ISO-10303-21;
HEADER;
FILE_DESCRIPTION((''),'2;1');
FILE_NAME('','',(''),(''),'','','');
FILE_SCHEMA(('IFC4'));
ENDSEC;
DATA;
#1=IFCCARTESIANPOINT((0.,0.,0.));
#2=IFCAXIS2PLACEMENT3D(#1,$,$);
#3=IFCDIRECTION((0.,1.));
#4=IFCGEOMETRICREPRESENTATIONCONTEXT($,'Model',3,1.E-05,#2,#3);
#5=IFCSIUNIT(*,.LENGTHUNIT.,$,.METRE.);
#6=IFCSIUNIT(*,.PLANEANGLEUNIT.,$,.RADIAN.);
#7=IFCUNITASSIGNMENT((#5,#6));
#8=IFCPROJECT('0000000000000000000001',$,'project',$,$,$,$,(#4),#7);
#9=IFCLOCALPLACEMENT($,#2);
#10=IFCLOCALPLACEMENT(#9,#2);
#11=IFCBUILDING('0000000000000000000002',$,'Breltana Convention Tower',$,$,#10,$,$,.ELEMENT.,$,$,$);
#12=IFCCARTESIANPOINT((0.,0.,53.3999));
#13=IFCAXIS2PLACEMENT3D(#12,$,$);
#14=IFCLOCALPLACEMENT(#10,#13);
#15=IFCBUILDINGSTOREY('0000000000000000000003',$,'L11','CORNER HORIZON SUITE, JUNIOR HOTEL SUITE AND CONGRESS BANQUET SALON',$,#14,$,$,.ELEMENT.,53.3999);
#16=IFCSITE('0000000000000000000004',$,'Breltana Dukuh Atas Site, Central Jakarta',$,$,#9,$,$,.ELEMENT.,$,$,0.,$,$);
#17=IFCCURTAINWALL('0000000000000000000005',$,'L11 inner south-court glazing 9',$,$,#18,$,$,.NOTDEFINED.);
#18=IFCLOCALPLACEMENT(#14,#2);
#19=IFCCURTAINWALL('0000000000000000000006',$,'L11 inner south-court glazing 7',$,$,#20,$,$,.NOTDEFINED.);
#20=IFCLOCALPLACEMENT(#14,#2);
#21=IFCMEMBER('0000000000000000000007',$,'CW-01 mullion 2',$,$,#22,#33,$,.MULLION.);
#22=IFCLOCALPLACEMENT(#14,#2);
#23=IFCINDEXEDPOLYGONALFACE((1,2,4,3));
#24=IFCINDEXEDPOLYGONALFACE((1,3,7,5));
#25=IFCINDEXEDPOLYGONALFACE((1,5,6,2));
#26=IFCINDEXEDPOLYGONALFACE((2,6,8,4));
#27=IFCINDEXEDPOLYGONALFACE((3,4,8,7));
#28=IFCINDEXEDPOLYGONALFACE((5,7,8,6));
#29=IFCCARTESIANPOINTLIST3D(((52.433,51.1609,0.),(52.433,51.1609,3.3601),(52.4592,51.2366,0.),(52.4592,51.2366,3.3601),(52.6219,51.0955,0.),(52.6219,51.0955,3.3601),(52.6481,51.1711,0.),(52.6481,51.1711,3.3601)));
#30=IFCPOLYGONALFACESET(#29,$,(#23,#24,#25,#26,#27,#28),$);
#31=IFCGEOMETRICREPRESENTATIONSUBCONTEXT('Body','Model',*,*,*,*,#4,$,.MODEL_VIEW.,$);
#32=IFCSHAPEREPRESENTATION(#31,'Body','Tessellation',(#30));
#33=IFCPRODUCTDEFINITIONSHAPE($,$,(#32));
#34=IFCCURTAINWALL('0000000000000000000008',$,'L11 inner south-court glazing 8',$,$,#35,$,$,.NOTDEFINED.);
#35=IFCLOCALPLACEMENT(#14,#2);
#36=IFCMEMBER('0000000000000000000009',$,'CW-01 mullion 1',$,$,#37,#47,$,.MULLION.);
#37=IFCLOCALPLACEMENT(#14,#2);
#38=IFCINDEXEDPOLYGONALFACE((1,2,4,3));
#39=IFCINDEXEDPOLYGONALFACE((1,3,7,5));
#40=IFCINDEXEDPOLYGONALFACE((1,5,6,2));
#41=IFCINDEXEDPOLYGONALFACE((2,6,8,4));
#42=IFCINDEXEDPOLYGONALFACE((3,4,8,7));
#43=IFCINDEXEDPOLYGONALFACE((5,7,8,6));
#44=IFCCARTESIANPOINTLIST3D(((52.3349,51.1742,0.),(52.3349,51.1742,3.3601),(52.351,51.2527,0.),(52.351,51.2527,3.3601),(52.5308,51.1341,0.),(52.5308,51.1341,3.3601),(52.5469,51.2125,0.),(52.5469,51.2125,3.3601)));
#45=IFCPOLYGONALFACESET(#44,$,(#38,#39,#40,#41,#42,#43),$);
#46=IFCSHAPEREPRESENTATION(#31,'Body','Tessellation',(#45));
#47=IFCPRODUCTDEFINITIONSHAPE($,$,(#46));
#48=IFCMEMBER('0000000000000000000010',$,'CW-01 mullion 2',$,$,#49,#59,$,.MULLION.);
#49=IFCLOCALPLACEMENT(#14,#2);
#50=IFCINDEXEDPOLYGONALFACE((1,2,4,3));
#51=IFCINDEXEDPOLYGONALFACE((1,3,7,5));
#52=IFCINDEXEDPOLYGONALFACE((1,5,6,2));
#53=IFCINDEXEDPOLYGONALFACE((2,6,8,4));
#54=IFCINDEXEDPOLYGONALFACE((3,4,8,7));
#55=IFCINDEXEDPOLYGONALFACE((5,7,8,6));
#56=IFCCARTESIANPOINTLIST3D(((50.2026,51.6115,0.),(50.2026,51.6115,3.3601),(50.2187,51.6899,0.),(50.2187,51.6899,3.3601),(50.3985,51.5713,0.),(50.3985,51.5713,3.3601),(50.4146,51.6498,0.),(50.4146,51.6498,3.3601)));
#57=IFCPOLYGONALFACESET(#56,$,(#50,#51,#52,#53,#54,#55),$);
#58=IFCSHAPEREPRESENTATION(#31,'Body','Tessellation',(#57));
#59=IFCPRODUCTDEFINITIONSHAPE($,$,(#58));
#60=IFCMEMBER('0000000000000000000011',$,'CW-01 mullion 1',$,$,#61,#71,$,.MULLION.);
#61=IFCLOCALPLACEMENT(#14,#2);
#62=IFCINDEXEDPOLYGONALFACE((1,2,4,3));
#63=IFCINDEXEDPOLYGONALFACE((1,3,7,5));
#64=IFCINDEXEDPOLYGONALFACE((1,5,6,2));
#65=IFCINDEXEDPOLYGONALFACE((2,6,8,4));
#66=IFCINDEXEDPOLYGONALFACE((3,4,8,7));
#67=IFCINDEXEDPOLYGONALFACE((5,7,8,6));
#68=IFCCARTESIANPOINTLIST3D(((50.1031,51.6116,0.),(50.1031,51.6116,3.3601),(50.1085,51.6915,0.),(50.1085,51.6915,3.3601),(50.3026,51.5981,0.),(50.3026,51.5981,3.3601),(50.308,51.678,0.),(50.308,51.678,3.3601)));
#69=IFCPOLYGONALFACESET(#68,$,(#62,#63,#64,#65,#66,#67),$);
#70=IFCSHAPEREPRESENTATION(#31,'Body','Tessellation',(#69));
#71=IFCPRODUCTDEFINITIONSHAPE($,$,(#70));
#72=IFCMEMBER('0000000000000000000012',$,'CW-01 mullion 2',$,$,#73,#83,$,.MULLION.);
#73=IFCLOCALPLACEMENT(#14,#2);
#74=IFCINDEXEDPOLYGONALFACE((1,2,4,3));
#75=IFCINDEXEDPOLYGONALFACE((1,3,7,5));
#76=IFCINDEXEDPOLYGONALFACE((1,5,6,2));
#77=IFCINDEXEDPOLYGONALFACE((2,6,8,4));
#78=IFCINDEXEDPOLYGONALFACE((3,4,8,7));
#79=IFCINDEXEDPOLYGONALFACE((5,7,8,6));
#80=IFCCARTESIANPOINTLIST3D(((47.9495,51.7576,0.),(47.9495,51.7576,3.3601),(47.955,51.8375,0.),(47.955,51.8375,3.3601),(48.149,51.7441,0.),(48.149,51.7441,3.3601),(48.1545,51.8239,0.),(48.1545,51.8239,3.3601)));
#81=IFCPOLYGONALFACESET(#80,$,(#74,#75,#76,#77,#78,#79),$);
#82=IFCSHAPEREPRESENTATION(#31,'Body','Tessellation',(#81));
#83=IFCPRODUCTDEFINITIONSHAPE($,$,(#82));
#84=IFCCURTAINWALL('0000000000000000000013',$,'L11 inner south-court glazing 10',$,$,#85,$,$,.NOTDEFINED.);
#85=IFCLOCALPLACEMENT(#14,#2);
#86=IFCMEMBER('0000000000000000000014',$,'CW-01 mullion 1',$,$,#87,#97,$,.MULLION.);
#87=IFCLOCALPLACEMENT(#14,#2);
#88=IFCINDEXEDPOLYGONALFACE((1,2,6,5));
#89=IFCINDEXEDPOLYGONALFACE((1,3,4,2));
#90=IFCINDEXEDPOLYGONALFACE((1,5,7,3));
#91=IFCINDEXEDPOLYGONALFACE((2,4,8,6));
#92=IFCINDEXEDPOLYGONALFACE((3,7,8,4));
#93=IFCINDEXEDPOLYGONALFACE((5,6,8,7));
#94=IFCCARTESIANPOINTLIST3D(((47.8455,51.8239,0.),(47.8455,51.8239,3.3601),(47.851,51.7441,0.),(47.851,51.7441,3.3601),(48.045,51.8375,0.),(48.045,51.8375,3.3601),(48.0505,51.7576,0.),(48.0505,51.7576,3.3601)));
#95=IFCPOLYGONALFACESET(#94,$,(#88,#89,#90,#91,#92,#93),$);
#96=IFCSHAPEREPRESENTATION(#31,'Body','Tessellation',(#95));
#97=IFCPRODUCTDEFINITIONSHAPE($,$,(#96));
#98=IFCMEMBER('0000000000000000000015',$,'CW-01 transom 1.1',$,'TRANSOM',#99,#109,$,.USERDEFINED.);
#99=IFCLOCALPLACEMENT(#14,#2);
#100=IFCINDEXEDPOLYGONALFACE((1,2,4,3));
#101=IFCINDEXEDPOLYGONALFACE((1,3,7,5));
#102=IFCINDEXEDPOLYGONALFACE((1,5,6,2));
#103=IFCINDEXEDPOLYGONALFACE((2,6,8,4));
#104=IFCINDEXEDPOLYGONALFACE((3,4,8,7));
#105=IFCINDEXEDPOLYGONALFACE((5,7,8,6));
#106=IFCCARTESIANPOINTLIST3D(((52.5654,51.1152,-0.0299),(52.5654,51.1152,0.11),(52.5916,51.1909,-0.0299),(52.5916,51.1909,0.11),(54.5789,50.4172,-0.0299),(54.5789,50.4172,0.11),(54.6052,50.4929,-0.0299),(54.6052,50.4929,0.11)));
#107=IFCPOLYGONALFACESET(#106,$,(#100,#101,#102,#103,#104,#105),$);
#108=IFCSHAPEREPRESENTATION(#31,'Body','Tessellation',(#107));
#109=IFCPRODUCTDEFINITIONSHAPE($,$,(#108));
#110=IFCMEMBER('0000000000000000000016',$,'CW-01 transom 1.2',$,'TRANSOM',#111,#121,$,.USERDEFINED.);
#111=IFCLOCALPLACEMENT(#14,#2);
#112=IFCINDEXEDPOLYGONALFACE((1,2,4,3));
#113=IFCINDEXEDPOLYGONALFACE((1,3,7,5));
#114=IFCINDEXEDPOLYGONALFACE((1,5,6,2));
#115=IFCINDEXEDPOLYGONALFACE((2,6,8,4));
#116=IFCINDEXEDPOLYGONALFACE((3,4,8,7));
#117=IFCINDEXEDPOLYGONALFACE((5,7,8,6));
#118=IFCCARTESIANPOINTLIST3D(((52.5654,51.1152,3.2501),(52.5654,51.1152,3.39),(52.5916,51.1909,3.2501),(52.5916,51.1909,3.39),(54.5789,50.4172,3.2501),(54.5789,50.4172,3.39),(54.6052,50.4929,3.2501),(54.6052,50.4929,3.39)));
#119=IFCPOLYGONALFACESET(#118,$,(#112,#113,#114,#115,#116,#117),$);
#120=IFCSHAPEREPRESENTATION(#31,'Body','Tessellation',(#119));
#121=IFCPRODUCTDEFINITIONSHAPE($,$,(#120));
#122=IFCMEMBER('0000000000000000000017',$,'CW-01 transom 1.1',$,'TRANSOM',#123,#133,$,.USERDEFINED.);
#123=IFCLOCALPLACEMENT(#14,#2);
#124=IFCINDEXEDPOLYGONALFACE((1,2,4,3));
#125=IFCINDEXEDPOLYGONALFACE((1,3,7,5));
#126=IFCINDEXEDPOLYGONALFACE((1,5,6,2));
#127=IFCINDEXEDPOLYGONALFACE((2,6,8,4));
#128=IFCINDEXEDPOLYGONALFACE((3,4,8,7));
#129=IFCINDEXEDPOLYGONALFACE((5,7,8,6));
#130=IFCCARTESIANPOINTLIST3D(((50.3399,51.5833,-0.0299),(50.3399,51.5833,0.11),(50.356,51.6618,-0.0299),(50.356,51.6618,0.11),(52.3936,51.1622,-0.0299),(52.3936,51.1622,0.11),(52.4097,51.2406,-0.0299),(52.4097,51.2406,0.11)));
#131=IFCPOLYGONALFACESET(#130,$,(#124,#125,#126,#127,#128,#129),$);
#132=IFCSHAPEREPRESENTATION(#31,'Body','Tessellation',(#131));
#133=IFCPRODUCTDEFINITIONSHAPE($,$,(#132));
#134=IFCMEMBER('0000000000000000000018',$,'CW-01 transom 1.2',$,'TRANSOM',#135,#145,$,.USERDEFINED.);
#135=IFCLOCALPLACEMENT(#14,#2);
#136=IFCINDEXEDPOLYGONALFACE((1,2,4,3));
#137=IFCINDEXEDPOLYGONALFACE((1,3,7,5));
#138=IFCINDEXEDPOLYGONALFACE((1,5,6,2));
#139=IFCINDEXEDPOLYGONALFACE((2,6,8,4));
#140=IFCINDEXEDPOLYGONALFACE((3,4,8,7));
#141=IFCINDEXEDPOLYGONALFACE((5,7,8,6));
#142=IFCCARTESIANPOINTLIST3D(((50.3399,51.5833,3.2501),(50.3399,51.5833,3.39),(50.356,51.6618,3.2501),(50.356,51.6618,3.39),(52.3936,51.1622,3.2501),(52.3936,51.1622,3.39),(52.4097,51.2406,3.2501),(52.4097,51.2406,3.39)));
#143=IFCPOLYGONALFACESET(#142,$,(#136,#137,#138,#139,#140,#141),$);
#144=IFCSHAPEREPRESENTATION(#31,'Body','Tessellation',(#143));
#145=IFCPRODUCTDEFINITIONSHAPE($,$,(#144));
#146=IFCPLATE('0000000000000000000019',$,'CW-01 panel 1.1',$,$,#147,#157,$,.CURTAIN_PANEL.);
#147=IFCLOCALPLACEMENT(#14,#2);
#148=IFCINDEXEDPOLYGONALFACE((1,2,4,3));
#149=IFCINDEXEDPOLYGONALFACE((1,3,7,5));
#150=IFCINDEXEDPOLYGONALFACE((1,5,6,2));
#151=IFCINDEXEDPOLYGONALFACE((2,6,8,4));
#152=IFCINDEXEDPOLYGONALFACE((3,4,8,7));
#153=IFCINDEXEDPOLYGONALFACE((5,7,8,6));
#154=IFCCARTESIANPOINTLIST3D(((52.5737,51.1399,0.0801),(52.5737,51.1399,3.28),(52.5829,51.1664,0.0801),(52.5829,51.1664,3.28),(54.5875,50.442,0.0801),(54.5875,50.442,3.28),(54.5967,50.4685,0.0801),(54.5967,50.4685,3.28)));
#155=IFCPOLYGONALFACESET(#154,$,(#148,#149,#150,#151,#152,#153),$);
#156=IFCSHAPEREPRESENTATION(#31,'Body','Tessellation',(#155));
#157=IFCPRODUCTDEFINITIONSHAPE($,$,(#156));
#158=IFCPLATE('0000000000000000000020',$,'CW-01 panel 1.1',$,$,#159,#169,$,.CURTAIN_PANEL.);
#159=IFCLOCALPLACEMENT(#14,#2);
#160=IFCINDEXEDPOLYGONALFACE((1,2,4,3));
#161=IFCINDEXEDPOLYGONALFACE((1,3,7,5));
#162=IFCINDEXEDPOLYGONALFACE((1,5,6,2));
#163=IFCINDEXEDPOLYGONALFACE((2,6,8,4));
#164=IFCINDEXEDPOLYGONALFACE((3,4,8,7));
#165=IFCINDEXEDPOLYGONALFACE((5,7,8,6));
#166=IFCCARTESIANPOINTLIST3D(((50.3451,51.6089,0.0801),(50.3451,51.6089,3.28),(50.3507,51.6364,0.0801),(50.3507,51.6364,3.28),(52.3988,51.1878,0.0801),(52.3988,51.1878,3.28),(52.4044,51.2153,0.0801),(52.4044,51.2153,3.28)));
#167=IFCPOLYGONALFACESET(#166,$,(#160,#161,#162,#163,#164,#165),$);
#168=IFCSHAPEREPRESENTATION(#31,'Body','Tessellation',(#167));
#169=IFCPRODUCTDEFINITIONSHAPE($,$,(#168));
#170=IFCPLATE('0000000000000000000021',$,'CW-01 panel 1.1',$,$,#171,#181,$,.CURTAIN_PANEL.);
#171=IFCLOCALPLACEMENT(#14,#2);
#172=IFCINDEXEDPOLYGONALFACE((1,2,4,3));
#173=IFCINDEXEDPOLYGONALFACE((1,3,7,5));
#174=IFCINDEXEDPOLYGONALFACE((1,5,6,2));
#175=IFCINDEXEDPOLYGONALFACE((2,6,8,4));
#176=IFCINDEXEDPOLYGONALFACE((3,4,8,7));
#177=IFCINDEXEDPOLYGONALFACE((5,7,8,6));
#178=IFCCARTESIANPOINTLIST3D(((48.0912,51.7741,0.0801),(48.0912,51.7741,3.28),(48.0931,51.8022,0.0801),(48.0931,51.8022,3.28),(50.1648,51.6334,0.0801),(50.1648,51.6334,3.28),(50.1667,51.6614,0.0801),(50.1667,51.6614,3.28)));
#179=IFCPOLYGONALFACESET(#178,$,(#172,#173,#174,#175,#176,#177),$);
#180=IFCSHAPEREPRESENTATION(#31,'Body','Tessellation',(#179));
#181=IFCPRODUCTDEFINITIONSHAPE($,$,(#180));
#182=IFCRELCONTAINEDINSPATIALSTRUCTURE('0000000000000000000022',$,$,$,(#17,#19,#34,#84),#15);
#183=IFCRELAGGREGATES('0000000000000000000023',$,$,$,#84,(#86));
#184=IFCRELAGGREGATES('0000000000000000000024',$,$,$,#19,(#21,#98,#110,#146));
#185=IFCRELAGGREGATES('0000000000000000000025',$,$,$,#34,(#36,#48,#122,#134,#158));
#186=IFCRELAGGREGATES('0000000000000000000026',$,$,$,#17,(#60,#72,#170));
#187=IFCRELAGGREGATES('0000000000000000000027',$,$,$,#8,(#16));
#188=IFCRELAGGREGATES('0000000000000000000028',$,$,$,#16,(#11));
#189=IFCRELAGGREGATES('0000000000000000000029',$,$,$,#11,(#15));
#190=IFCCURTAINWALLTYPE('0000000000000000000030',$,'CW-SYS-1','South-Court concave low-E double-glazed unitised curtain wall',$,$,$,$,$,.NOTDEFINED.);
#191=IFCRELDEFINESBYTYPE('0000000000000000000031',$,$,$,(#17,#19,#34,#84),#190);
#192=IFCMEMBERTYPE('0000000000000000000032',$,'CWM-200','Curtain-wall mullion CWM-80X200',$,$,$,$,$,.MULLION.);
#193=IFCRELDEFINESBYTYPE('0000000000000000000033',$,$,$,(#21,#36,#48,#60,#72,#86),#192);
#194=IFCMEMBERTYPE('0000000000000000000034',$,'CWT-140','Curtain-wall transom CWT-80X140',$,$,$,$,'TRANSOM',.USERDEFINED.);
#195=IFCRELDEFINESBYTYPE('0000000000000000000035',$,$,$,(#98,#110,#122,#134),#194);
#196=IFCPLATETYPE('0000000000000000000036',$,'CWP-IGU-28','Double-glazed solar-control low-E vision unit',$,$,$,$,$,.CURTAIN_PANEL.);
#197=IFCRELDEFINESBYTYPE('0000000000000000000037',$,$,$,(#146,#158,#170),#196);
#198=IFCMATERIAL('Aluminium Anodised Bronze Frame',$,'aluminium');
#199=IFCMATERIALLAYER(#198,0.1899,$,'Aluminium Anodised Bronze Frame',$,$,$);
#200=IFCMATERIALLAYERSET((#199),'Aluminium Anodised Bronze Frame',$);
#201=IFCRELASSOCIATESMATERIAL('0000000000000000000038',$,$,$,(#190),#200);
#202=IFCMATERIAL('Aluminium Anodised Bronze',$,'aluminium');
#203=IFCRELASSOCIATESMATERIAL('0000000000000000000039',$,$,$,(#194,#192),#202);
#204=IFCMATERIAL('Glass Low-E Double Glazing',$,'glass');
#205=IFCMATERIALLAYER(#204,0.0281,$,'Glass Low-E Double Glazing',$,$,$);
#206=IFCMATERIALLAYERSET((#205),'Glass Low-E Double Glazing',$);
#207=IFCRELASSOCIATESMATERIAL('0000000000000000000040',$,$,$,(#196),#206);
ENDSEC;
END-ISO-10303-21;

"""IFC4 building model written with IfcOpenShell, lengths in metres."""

from ifc_helpers import new_model, si_unit, direction, frame, origin, origin_2d, place, context, subcontext, project, spatial, rectangle, extrude, source, transform, mapped, material, layer, layer_set, material_profile, profile_set, type_object, element, aggregate, save


model = new_model("IFC4")

# Units and contexts
model_context = context("Model", 3, precision=1e-05, world=origin(), true_north=direction((0.0, 1.0)))
body_context = subcontext(model_context, "Body", "Model", "MODEL_VIEW")
ifc_project = project(units=[si_unit("LENGTHUNIT", "METRE"), si_unit("PLANEANGLEUNIT", "RADIAN")], contexts=[model_context])

# Site, building, storey
site_placement = place(None, origin())
site = spatial("IfcSite", under=ifc_project, at=site_placement, Name="Breltana Dukuh Atas Site, Central Jakarta", CompositionType="ELEMENT", RefElevation=0.0)
building_placement = place(site_placement, origin())
building = spatial("IfcBuilding", under=site, at=building_placement, Name="Breltana Convention Tower", CompositionType="ELEMENT")
storey_placement = place(building_placement, frame((0.0, 0.0, 53.3999)))
storey = spatial("IfcBuildingStorey", under=building, at=storey_placement, Name="L11", Description="CORNER HORIZON SUITE, JUNIOR HOTEL SUITE AND CONGRESS BANQUET SALON", CompositionType="ELEMENT", Elevation=53.3999)

# Curtain wall
ifc_material_1 = material(Name="Aluminium Anodised Bronze Frame", Category="aluminium")
ifc_layer_1 = layer(ifc_material_1, 0.1899, Name="Aluminium Anodised Bronze Frame")
ifc_layer_set_1 = layer_set([ifc_layer_1], Name="Aluminium Anodised Bronze Frame")
curtain_wall_type = type_object("IfcCurtainWallType", Name="CW-SYS-1", Description="South-Court concave low-E double-glazed unitised curtain wall", PredefinedType="NOTDEFINED", material=ifc_layer_set_1)
curtain_wall_1_placement = place(storey_placement, origin())
curtain_wall_1 = element("IfcCurtainWall", 1, at=curtain_wall_1_placement, inside=storey, type_object=curtain_wall_type, Name="L11 inner south-court glazing 9", PredefinedType="NOTDEFINED")
ifc_material_2 = material(Name="Aluminium Anodised Bronze", Category="aluminium")
ifc_material_profile_1 = material_profile(ifc_material_2, rectangle(XDim=0.0801, YDim=0.1399, at=origin_2d()), Name="CWT-80X140")
ifc_profile_set_1 = profile_set([ifc_material_profile_1], Name="Aluminium Anodised Bronze")
member_type_1 = type_object("IfcMemberType", Name="CWT-140", Description="Curtain-wall transom CWT-80X140", ElementType="TRANSOM", PredefinedType="USERDEFINED", material=ifc_profile_set_1)

# Curtain wall, member
curtain_wall_2_placement = place(storey_placement, origin())
curtain_wall_2 = element("IfcCurtainWall", 2, at=curtain_wall_2_placement, inside=storey, type_object=curtain_wall_type, Name="L11 inner south-court glazing 7", PredefinedType="NOTDEFINED")
ifc_material_profile_2 = material_profile(ifc_material_2, rectangle(XDim=0.0801, YDim=0.2, at=origin_2d()), Name="CWM-80X200")
ifc_profile_set_2 = profile_set([ifc_material_profile_2], Name="Aluminium Anodised Bronze")
member_type_2 = type_object("IfcMemberType", Name="CWM-200", Description="Curtain-wall mullion CWM-80X200", PredefinedType="MULLION", material=ifc_profile_set_2)
shared_shape_1 = source(origin(), body_context, "Body", "SweptSolid", [
    extrude(rectangle(XDim=0.0801, YDim=0.2, at=origin_2d()), origin(), (0.0, 0.0, 1.0), 3.3601),
])
member_1_placement = place(storey_placement, frame((52.5405, 51.166, 0.0), z_axis=(0.0, 0.0, 1.0), x_axis=(-0.327413, -0.944881, 0.0)))
member_1 = element("IfcMember", 3, at=member_1_placement, type_object=member_type_2, Name="CW-01 mullion 2", PredefinedType="MULLION", context=body_context, shape_type="MappedRepresentation", body=[
    mapped(shared_shape_1, transform((0.0, 0.0, 0.0), scale=1.0)),
])

# Curtain wall, members
curtain_wall_3_placement = place(storey_placement, origin())
curtain_wall_3 = element("IfcCurtainWall", 4, at=curtain_wall_3_placement, inside=storey, type_object=curtain_wall_type, Name="L11 inner south-court glazing 8", PredefinedType="NOTDEFINED")
member_2_placement = place(storey_placement, frame((52.4409, 51.1934, 0.0), z_axis=(0.0, 0.0, 1.0), x_axis=(-0.200886, -0.979615, 0.0)))
member_2 = element("IfcMember", 5, at=member_2_placement, type_object=member_type_2, Name="CW-01 mullion 1", PredefinedType="MULLION", context=body_context, shape_type="MappedRepresentation", body=[
    mapped(shared_shape_1, transform((0.0, 0.0, 0.0), scale=1.0)),
])
member_3_placement = place(storey_placement, frame((50.3086, 51.6306, 0.0), z_axis=(0.0, 0.0, 1.0), x_axis=(-0.200886, -0.979615, 0.0)))
member_3 = element("IfcMember", 6, at=member_3_placement, type_object=member_type_2, Name="CW-01 mullion 2", PredefinedType="MULLION", context=body_context, shape_type="MappedRepresentation", body=[
    mapped(shared_shape_1, transform((0.0, 0.0, 0.0), scale=1.0)),
])

# Members
member_4_placement = place(storey_placement, frame((50.2056, 51.6448, 0.0), z_axis=(0.0, 0.0, 1.0), x_axis=(-0.067726, -0.997704, 0.0)))
member_4 = element("IfcMember", 7, at=member_4_placement, type_object=member_type_2, Name="CW-01 mullion 1", PredefinedType="MULLION", context=body_context, shape_type="MappedRepresentation", body=[
    mapped(shared_shape_1, transform((0.0, 0.0, 0.0), scale=1.0)),
])
member_5_placement = place(storey_placement, frame((48.052, 51.7908, 0.0), z_axis=(0.0, 0.0, 1.0), x_axis=(-0.067726, -0.997704, 0.0)))
member_5 = element("IfcMember", 8, at=member_5_placement, type_object=member_type_2, Name="CW-01 mullion 2", PredefinedType="MULLION", context=body_context, shape_type="MappedRepresentation", body=[
    mapped(shared_shape_1, transform((0.0, 0.0, 0.0), scale=1.0)),
])

# Curtain wall, member
curtain_wall_4_placement = place(storey_placement, origin())
curtain_wall_4 = element("IfcCurtainWall", 9, at=curtain_wall_4_placement, inside=storey, type_object=curtain_wall_type, Name="L11 inner south-court glazing 10", PredefinedType="NOTDEFINED")
member_6_placement = place(storey_placement, frame((47.948, 51.7908, 0.0), z_axis=(0.0, 0.0, 1.0), x_axis=(0.067726, -0.997704, 0.0)))
member_6 = element("IfcMember", 10, at=member_6_placement, type_object=member_type_2, Name="CW-01 mullion 1", PredefinedType="MULLION", context=body_context, shape_type="MappedRepresentation", body=[
    mapped(shared_shape_1, transform((0.0, 0.0, 0.0), scale=1.0)),
])
aggregate(curtain_wall_4, [member_6])

# Members
shared_shape_2 = source(origin(), body_context, "Body", "SweptSolid", [
    extrude(rectangle(XDim=0.0801, YDim=0.1399, at=origin_2d()), origin(), (0.0, 0.0, 1.0), 2.1311),
])
member_7_placement = place(storey_placement, frame((54.592, 50.4551, 0.04), z_axis=(-0.944847, 0.327512, 0.0), x_axis=(-0.327512, -0.944847, 0.0)))
member_7 = element("IfcMember", 11, at=member_7_placement, type_object=member_type_1, Name="CW-01 transom 1.1", ObjectType="TRANSOM", PredefinedType="USERDEFINED", context=body_context, shape_type="MappedRepresentation", body=[
    mapped(shared_shape_2, transform((0.0, 0.0, 0.0), scale=1.0)),
])
member_8_placement = place(storey_placement, frame((54.592, 50.4551, 3.3201), z_axis=(-0.944847, 0.327512, 0.0), x_axis=(-0.327512, -0.944847, 0.0)))
member_8 = element("IfcMember", 12, at=member_8_placement, type_object=member_type_1, Name="CW-01 transom 1.2", ObjectType="TRANSOM", PredefinedType="USERDEFINED", context=body_context, shape_type="MappedRepresentation", body=[
    mapped(shared_shape_2, transform((0.0, 0.0, 0.0), scale=1.0)),
])
shared_shape_3 = source(origin(), body_context, "Body", "SweptSolid", [
    extrude(rectangle(XDim=0.0801, YDim=0.1399, at=origin_2d()), origin(), (0.0, 0.0, 1.0), 2.0964),
])
member_9_placement = place(storey_placement, frame((52.4016, 51.2014, 0.04), z_axis=(-0.979615, 0.200884, 0.0), x_axis=(-0.200884, -0.979615, 0.0)))
member_9 = element("IfcMember", 13, at=member_9_placement, type_object=member_type_1, Name="CW-01 transom 1.1", ObjectType="TRANSOM", PredefinedType="USERDEFINED", context=body_context, shape_type="MappedRepresentation", body=[
    mapped(shared_shape_3, transform((0.0, 0.0, 0.0), scale=1.0)),
])
member_10_placement = place(storey_placement, frame((52.4016, 51.2014, 3.3201), z_axis=(-0.979615, 0.200884, 0.0), x_axis=(-0.200884, -0.979615, 0.0)))
member_10 = element("IfcMember", 14, at=member_10_placement, type_object=member_type_1, Name="CW-01 transom 1.2", ObjectType="TRANSOM", PredefinedType="USERDEFINED", context=body_context, shape_type="MappedRepresentation", body=[
    mapped(shared_shape_3, transform((0.0, 0.0, 0.0), scale=1.0)),
])

# Plates
ifc_material_3 = material(Name="Glass Low-E Double Glazing", Category="glass")
ifc_layer_2 = layer(ifc_material_3, 0.0281, Name="Glass Low-E Double Glazing")
ifc_layer_set_2 = layer_set([ifc_layer_2], Name="Glass Low-E Double Glazing")
plate_type = type_object("IfcPlateType", Name="CWP-IGU-28", Description="Double-glazed solar-control low-E vision unit", PredefinedType="CURTAIN_PANEL", material=ifc_layer_set_2)
shared_shape_4 = source(origin(), body_context, "Body", "SweptSolid", [
    extrude(rectangle(XDim=2.1313, YDim=0.0281, at=origin_2d()), origin(), (0.0, 0.0, 1.0), 3.2),
])
plate_1_placement = place(storey_placement, frame((53.5852, 50.8042, 0.0801), z_axis=(0.0, 0.0, 1.0), x_axis=(-0.944881, 0.327413, 0.0)))
plate_1 = element("IfcPlate", 15, at=plate_1_placement, type_object=plate_type, Name="CW-01 panel 1.1", PredefinedType="CURTAIN_PANEL", context=body_context, shape_type="MappedRepresentation", body=[
    mapped(shared_shape_4, transform((0.0, 0.0, 0.0), scale=1.0)),
])
aggregate(curtain_wall_2, [member_1, member_7, member_8, plate_1])
shared_shape_5 = source(origin(), body_context, "Body", "SweptSolid", [
    extrude(rectangle(XDim=2.0964, YDim=0.0281, at=origin_2d()), origin(), (0.0, 0.0, 1.0), 3.2),
])
plate_2_placement = place(storey_placement, frame((51.3748, 51.4121, 0.0801), z_axis=(0.0, 0.0, 1.0), x_axis=(-0.979615, 0.200886, 0.0)))
plate_2 = element("IfcPlate", 16, at=plate_2_placement, type_object=plate_type, Name="CW-01 panel 1.1", PredefinedType="CURTAIN_PANEL", context=body_context, shape_type="MappedRepresentation", body=[
    mapped(shared_shape_5, transform((0.0, 0.0, 0.0), scale=1.0)),
])
aggregate(curtain_wall_3, [member_2, member_3, member_9, member_10, plate_2])
shared_shape_6 = source(origin(), body_context, "Body", "SweptSolid", [
    extrude(rectangle(XDim=2.0784, YDim=0.0281, at=origin_2d()), origin(), (0.0, 0.0, 1.0), 3.2),
])
plate_3_placement = place(storey_placement, frame((49.1289, 51.7178, 0.0801), z_axis=(0.0, 0.0, 1.0), x_axis=(-0.997704, 0.067726, 0.0)))
plate_3 = element("IfcPlate", 17, at=plate_3_placement, type_object=plate_type, Name="CW-01 panel 1.1", PredefinedType="CURTAIN_PANEL", context=body_context, shape_type="MappedRepresentation", body=[
    mapped(shared_shape_6, transform((0.0, 0.0, 0.0), scale=1.0)),
])
aggregate(curtain_wall_1, [member_4, member_5, plate_3])

save(model, "model.ifc")
